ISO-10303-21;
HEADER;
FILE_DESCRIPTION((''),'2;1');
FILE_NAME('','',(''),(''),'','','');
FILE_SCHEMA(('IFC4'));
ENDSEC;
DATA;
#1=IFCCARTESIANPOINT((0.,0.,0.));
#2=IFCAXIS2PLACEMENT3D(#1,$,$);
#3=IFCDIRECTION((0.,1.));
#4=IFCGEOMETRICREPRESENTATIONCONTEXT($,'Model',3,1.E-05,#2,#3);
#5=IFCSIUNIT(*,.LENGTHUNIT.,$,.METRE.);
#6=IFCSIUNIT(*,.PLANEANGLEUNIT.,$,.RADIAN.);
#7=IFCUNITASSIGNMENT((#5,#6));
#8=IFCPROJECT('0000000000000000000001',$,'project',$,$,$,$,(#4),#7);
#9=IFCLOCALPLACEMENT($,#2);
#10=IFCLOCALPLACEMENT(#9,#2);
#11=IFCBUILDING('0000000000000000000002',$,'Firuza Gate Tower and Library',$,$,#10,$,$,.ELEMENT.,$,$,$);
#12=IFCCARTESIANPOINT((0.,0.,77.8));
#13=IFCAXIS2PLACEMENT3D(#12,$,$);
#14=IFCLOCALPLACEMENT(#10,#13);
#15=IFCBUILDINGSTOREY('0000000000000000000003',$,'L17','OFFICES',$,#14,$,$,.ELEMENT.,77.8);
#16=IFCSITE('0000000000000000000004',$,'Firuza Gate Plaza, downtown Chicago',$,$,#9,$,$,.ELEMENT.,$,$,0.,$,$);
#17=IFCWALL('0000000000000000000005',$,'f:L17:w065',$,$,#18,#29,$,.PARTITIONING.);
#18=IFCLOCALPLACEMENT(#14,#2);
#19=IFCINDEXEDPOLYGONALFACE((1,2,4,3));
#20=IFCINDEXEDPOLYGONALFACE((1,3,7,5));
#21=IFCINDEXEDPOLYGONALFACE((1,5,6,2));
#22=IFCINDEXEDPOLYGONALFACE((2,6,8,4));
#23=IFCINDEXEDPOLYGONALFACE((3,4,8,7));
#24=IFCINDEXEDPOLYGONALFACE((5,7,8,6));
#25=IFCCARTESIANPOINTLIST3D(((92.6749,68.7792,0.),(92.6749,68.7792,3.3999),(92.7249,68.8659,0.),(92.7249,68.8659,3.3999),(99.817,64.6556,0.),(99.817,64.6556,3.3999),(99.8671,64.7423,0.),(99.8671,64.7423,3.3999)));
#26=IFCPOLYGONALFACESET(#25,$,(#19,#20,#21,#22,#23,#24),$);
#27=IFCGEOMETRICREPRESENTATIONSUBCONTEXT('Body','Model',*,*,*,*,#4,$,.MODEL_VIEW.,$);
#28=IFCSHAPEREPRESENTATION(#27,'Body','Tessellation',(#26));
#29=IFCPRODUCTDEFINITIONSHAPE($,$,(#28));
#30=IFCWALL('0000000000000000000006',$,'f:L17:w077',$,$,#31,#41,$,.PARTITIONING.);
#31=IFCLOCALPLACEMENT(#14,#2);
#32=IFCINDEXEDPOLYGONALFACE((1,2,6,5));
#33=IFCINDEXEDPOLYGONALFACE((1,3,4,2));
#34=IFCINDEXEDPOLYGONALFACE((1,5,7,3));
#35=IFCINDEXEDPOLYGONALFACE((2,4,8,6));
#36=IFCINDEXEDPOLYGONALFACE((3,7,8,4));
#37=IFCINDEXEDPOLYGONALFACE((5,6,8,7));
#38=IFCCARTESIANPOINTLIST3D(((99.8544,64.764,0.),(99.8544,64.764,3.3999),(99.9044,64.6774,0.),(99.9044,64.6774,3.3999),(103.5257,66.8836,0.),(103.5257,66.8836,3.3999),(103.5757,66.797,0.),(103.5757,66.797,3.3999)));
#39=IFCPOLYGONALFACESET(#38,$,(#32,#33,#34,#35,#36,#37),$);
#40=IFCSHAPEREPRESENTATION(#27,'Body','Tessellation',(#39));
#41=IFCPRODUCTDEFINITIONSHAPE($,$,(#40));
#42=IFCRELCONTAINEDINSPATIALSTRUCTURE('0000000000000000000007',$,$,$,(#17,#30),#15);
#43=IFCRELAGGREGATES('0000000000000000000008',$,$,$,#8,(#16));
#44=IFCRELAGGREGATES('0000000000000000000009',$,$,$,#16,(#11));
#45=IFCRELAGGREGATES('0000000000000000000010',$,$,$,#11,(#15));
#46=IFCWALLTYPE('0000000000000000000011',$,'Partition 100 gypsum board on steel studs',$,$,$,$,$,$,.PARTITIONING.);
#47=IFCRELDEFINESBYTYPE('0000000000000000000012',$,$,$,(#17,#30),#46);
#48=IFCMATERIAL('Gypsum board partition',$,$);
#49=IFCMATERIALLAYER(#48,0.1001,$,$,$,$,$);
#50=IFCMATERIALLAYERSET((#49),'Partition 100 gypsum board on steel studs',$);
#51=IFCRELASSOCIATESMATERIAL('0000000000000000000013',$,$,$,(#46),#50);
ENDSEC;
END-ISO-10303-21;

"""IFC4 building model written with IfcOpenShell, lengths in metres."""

from ifc_helpers import new_model, si_unit, direction, frame, frame_2d, origin, place, context, subcontext, project, spatial, rectangle, extrude, material, layer, layer_set, type_object, element, save


model = new_model("IFC4")

# Units and contexts
model_context = context("Model", 3, precision=1e-05, world=origin(), true_north=direction((0.0, 1.0)))
body_context = subcontext(model_context, "Body", "Model", "MODEL_VIEW")
ifc_project = project(units=[si_unit("LENGTHUNIT", "METRE"), si_unit("PLANEANGLEUNIT", "RADIAN")], contexts=[model_context])

# Site, building, storey
site_placement = place(None, origin())
site = spatial("IfcSite", under=ifc_project, at=site_placement, Name="Firuza Gate Plaza, downtown Chicago", CompositionType="ELEMENT", RefElevation=0.0)
building_placement = place(site_placement, origin())
building = spatial("IfcBuilding", under=site, at=building_placement, Name="Firuza Gate Tower and Library", CompositionType="ELEMENT")
storey_placement = place(building_placement, frame((0.0, 0.0, 77.8)))
storey = spatial("IfcBuildingStorey", under=building, at=storey_placement, Name="L17", Description="OFFICES", CompositionType="ELEMENT", Elevation=77.8)

# Walls
ifc_material_1 = material(Name="Gypsum board partition")
ifc_layer_1 = layer(ifc_material_1, 0.1001)
ifc_layer_set_1 = layer_set([ifc_layer_1], Name="Partition 100 gypsum board on steel studs")
wall_type_1 = type_object("IfcWallType", Name="Partition 100 gypsum board on steel studs", PredefinedType="PARTITIONING", material=ifc_layer_set_1)
wall_1_placement = place(storey_placement, frame((99.842, 64.699, 0.0), z_axis=(0.0, 0.0, 1.0), x_axis=(-0.866023, 0.500004, 0.0)))
element("IfcWall", 1, at=wall_1_placement, inside=storey, type_object=wall_type_1, Name="f:L17:w065", PredefinedType="PARTITIONING", context=body_context, shape_type="SweptSolid", body=[
    extrude(rectangle(XDim=8.2471, YDim=0.1001, at=frame_2d((4.1235, 0.0))), origin(), (0.0, 0.0, 1.0), 3.3999),
])
wall_2_placement = place(storey_placement, frame((99.8794, 64.7207, 0.0), z_axis=(0.0, 0.0, 1.0), x_axis=(0.86603, 0.499992, 0.0)))
element("IfcWall", 2, at=wall_2_placement, inside=storey, type_object=wall_type_1, Name="f:L17:w077", PredefinedType="PARTITIONING", context=body_context, shape_type="SweptSolid", body=[
    extrude(rectangle(XDim=4.2393, YDim=0.1001, at=frame_2d((2.1196, 0.0))), origin(), (0.0, 0.0, 1.0), 3.3999),
])

save(model, "model.ifc")
